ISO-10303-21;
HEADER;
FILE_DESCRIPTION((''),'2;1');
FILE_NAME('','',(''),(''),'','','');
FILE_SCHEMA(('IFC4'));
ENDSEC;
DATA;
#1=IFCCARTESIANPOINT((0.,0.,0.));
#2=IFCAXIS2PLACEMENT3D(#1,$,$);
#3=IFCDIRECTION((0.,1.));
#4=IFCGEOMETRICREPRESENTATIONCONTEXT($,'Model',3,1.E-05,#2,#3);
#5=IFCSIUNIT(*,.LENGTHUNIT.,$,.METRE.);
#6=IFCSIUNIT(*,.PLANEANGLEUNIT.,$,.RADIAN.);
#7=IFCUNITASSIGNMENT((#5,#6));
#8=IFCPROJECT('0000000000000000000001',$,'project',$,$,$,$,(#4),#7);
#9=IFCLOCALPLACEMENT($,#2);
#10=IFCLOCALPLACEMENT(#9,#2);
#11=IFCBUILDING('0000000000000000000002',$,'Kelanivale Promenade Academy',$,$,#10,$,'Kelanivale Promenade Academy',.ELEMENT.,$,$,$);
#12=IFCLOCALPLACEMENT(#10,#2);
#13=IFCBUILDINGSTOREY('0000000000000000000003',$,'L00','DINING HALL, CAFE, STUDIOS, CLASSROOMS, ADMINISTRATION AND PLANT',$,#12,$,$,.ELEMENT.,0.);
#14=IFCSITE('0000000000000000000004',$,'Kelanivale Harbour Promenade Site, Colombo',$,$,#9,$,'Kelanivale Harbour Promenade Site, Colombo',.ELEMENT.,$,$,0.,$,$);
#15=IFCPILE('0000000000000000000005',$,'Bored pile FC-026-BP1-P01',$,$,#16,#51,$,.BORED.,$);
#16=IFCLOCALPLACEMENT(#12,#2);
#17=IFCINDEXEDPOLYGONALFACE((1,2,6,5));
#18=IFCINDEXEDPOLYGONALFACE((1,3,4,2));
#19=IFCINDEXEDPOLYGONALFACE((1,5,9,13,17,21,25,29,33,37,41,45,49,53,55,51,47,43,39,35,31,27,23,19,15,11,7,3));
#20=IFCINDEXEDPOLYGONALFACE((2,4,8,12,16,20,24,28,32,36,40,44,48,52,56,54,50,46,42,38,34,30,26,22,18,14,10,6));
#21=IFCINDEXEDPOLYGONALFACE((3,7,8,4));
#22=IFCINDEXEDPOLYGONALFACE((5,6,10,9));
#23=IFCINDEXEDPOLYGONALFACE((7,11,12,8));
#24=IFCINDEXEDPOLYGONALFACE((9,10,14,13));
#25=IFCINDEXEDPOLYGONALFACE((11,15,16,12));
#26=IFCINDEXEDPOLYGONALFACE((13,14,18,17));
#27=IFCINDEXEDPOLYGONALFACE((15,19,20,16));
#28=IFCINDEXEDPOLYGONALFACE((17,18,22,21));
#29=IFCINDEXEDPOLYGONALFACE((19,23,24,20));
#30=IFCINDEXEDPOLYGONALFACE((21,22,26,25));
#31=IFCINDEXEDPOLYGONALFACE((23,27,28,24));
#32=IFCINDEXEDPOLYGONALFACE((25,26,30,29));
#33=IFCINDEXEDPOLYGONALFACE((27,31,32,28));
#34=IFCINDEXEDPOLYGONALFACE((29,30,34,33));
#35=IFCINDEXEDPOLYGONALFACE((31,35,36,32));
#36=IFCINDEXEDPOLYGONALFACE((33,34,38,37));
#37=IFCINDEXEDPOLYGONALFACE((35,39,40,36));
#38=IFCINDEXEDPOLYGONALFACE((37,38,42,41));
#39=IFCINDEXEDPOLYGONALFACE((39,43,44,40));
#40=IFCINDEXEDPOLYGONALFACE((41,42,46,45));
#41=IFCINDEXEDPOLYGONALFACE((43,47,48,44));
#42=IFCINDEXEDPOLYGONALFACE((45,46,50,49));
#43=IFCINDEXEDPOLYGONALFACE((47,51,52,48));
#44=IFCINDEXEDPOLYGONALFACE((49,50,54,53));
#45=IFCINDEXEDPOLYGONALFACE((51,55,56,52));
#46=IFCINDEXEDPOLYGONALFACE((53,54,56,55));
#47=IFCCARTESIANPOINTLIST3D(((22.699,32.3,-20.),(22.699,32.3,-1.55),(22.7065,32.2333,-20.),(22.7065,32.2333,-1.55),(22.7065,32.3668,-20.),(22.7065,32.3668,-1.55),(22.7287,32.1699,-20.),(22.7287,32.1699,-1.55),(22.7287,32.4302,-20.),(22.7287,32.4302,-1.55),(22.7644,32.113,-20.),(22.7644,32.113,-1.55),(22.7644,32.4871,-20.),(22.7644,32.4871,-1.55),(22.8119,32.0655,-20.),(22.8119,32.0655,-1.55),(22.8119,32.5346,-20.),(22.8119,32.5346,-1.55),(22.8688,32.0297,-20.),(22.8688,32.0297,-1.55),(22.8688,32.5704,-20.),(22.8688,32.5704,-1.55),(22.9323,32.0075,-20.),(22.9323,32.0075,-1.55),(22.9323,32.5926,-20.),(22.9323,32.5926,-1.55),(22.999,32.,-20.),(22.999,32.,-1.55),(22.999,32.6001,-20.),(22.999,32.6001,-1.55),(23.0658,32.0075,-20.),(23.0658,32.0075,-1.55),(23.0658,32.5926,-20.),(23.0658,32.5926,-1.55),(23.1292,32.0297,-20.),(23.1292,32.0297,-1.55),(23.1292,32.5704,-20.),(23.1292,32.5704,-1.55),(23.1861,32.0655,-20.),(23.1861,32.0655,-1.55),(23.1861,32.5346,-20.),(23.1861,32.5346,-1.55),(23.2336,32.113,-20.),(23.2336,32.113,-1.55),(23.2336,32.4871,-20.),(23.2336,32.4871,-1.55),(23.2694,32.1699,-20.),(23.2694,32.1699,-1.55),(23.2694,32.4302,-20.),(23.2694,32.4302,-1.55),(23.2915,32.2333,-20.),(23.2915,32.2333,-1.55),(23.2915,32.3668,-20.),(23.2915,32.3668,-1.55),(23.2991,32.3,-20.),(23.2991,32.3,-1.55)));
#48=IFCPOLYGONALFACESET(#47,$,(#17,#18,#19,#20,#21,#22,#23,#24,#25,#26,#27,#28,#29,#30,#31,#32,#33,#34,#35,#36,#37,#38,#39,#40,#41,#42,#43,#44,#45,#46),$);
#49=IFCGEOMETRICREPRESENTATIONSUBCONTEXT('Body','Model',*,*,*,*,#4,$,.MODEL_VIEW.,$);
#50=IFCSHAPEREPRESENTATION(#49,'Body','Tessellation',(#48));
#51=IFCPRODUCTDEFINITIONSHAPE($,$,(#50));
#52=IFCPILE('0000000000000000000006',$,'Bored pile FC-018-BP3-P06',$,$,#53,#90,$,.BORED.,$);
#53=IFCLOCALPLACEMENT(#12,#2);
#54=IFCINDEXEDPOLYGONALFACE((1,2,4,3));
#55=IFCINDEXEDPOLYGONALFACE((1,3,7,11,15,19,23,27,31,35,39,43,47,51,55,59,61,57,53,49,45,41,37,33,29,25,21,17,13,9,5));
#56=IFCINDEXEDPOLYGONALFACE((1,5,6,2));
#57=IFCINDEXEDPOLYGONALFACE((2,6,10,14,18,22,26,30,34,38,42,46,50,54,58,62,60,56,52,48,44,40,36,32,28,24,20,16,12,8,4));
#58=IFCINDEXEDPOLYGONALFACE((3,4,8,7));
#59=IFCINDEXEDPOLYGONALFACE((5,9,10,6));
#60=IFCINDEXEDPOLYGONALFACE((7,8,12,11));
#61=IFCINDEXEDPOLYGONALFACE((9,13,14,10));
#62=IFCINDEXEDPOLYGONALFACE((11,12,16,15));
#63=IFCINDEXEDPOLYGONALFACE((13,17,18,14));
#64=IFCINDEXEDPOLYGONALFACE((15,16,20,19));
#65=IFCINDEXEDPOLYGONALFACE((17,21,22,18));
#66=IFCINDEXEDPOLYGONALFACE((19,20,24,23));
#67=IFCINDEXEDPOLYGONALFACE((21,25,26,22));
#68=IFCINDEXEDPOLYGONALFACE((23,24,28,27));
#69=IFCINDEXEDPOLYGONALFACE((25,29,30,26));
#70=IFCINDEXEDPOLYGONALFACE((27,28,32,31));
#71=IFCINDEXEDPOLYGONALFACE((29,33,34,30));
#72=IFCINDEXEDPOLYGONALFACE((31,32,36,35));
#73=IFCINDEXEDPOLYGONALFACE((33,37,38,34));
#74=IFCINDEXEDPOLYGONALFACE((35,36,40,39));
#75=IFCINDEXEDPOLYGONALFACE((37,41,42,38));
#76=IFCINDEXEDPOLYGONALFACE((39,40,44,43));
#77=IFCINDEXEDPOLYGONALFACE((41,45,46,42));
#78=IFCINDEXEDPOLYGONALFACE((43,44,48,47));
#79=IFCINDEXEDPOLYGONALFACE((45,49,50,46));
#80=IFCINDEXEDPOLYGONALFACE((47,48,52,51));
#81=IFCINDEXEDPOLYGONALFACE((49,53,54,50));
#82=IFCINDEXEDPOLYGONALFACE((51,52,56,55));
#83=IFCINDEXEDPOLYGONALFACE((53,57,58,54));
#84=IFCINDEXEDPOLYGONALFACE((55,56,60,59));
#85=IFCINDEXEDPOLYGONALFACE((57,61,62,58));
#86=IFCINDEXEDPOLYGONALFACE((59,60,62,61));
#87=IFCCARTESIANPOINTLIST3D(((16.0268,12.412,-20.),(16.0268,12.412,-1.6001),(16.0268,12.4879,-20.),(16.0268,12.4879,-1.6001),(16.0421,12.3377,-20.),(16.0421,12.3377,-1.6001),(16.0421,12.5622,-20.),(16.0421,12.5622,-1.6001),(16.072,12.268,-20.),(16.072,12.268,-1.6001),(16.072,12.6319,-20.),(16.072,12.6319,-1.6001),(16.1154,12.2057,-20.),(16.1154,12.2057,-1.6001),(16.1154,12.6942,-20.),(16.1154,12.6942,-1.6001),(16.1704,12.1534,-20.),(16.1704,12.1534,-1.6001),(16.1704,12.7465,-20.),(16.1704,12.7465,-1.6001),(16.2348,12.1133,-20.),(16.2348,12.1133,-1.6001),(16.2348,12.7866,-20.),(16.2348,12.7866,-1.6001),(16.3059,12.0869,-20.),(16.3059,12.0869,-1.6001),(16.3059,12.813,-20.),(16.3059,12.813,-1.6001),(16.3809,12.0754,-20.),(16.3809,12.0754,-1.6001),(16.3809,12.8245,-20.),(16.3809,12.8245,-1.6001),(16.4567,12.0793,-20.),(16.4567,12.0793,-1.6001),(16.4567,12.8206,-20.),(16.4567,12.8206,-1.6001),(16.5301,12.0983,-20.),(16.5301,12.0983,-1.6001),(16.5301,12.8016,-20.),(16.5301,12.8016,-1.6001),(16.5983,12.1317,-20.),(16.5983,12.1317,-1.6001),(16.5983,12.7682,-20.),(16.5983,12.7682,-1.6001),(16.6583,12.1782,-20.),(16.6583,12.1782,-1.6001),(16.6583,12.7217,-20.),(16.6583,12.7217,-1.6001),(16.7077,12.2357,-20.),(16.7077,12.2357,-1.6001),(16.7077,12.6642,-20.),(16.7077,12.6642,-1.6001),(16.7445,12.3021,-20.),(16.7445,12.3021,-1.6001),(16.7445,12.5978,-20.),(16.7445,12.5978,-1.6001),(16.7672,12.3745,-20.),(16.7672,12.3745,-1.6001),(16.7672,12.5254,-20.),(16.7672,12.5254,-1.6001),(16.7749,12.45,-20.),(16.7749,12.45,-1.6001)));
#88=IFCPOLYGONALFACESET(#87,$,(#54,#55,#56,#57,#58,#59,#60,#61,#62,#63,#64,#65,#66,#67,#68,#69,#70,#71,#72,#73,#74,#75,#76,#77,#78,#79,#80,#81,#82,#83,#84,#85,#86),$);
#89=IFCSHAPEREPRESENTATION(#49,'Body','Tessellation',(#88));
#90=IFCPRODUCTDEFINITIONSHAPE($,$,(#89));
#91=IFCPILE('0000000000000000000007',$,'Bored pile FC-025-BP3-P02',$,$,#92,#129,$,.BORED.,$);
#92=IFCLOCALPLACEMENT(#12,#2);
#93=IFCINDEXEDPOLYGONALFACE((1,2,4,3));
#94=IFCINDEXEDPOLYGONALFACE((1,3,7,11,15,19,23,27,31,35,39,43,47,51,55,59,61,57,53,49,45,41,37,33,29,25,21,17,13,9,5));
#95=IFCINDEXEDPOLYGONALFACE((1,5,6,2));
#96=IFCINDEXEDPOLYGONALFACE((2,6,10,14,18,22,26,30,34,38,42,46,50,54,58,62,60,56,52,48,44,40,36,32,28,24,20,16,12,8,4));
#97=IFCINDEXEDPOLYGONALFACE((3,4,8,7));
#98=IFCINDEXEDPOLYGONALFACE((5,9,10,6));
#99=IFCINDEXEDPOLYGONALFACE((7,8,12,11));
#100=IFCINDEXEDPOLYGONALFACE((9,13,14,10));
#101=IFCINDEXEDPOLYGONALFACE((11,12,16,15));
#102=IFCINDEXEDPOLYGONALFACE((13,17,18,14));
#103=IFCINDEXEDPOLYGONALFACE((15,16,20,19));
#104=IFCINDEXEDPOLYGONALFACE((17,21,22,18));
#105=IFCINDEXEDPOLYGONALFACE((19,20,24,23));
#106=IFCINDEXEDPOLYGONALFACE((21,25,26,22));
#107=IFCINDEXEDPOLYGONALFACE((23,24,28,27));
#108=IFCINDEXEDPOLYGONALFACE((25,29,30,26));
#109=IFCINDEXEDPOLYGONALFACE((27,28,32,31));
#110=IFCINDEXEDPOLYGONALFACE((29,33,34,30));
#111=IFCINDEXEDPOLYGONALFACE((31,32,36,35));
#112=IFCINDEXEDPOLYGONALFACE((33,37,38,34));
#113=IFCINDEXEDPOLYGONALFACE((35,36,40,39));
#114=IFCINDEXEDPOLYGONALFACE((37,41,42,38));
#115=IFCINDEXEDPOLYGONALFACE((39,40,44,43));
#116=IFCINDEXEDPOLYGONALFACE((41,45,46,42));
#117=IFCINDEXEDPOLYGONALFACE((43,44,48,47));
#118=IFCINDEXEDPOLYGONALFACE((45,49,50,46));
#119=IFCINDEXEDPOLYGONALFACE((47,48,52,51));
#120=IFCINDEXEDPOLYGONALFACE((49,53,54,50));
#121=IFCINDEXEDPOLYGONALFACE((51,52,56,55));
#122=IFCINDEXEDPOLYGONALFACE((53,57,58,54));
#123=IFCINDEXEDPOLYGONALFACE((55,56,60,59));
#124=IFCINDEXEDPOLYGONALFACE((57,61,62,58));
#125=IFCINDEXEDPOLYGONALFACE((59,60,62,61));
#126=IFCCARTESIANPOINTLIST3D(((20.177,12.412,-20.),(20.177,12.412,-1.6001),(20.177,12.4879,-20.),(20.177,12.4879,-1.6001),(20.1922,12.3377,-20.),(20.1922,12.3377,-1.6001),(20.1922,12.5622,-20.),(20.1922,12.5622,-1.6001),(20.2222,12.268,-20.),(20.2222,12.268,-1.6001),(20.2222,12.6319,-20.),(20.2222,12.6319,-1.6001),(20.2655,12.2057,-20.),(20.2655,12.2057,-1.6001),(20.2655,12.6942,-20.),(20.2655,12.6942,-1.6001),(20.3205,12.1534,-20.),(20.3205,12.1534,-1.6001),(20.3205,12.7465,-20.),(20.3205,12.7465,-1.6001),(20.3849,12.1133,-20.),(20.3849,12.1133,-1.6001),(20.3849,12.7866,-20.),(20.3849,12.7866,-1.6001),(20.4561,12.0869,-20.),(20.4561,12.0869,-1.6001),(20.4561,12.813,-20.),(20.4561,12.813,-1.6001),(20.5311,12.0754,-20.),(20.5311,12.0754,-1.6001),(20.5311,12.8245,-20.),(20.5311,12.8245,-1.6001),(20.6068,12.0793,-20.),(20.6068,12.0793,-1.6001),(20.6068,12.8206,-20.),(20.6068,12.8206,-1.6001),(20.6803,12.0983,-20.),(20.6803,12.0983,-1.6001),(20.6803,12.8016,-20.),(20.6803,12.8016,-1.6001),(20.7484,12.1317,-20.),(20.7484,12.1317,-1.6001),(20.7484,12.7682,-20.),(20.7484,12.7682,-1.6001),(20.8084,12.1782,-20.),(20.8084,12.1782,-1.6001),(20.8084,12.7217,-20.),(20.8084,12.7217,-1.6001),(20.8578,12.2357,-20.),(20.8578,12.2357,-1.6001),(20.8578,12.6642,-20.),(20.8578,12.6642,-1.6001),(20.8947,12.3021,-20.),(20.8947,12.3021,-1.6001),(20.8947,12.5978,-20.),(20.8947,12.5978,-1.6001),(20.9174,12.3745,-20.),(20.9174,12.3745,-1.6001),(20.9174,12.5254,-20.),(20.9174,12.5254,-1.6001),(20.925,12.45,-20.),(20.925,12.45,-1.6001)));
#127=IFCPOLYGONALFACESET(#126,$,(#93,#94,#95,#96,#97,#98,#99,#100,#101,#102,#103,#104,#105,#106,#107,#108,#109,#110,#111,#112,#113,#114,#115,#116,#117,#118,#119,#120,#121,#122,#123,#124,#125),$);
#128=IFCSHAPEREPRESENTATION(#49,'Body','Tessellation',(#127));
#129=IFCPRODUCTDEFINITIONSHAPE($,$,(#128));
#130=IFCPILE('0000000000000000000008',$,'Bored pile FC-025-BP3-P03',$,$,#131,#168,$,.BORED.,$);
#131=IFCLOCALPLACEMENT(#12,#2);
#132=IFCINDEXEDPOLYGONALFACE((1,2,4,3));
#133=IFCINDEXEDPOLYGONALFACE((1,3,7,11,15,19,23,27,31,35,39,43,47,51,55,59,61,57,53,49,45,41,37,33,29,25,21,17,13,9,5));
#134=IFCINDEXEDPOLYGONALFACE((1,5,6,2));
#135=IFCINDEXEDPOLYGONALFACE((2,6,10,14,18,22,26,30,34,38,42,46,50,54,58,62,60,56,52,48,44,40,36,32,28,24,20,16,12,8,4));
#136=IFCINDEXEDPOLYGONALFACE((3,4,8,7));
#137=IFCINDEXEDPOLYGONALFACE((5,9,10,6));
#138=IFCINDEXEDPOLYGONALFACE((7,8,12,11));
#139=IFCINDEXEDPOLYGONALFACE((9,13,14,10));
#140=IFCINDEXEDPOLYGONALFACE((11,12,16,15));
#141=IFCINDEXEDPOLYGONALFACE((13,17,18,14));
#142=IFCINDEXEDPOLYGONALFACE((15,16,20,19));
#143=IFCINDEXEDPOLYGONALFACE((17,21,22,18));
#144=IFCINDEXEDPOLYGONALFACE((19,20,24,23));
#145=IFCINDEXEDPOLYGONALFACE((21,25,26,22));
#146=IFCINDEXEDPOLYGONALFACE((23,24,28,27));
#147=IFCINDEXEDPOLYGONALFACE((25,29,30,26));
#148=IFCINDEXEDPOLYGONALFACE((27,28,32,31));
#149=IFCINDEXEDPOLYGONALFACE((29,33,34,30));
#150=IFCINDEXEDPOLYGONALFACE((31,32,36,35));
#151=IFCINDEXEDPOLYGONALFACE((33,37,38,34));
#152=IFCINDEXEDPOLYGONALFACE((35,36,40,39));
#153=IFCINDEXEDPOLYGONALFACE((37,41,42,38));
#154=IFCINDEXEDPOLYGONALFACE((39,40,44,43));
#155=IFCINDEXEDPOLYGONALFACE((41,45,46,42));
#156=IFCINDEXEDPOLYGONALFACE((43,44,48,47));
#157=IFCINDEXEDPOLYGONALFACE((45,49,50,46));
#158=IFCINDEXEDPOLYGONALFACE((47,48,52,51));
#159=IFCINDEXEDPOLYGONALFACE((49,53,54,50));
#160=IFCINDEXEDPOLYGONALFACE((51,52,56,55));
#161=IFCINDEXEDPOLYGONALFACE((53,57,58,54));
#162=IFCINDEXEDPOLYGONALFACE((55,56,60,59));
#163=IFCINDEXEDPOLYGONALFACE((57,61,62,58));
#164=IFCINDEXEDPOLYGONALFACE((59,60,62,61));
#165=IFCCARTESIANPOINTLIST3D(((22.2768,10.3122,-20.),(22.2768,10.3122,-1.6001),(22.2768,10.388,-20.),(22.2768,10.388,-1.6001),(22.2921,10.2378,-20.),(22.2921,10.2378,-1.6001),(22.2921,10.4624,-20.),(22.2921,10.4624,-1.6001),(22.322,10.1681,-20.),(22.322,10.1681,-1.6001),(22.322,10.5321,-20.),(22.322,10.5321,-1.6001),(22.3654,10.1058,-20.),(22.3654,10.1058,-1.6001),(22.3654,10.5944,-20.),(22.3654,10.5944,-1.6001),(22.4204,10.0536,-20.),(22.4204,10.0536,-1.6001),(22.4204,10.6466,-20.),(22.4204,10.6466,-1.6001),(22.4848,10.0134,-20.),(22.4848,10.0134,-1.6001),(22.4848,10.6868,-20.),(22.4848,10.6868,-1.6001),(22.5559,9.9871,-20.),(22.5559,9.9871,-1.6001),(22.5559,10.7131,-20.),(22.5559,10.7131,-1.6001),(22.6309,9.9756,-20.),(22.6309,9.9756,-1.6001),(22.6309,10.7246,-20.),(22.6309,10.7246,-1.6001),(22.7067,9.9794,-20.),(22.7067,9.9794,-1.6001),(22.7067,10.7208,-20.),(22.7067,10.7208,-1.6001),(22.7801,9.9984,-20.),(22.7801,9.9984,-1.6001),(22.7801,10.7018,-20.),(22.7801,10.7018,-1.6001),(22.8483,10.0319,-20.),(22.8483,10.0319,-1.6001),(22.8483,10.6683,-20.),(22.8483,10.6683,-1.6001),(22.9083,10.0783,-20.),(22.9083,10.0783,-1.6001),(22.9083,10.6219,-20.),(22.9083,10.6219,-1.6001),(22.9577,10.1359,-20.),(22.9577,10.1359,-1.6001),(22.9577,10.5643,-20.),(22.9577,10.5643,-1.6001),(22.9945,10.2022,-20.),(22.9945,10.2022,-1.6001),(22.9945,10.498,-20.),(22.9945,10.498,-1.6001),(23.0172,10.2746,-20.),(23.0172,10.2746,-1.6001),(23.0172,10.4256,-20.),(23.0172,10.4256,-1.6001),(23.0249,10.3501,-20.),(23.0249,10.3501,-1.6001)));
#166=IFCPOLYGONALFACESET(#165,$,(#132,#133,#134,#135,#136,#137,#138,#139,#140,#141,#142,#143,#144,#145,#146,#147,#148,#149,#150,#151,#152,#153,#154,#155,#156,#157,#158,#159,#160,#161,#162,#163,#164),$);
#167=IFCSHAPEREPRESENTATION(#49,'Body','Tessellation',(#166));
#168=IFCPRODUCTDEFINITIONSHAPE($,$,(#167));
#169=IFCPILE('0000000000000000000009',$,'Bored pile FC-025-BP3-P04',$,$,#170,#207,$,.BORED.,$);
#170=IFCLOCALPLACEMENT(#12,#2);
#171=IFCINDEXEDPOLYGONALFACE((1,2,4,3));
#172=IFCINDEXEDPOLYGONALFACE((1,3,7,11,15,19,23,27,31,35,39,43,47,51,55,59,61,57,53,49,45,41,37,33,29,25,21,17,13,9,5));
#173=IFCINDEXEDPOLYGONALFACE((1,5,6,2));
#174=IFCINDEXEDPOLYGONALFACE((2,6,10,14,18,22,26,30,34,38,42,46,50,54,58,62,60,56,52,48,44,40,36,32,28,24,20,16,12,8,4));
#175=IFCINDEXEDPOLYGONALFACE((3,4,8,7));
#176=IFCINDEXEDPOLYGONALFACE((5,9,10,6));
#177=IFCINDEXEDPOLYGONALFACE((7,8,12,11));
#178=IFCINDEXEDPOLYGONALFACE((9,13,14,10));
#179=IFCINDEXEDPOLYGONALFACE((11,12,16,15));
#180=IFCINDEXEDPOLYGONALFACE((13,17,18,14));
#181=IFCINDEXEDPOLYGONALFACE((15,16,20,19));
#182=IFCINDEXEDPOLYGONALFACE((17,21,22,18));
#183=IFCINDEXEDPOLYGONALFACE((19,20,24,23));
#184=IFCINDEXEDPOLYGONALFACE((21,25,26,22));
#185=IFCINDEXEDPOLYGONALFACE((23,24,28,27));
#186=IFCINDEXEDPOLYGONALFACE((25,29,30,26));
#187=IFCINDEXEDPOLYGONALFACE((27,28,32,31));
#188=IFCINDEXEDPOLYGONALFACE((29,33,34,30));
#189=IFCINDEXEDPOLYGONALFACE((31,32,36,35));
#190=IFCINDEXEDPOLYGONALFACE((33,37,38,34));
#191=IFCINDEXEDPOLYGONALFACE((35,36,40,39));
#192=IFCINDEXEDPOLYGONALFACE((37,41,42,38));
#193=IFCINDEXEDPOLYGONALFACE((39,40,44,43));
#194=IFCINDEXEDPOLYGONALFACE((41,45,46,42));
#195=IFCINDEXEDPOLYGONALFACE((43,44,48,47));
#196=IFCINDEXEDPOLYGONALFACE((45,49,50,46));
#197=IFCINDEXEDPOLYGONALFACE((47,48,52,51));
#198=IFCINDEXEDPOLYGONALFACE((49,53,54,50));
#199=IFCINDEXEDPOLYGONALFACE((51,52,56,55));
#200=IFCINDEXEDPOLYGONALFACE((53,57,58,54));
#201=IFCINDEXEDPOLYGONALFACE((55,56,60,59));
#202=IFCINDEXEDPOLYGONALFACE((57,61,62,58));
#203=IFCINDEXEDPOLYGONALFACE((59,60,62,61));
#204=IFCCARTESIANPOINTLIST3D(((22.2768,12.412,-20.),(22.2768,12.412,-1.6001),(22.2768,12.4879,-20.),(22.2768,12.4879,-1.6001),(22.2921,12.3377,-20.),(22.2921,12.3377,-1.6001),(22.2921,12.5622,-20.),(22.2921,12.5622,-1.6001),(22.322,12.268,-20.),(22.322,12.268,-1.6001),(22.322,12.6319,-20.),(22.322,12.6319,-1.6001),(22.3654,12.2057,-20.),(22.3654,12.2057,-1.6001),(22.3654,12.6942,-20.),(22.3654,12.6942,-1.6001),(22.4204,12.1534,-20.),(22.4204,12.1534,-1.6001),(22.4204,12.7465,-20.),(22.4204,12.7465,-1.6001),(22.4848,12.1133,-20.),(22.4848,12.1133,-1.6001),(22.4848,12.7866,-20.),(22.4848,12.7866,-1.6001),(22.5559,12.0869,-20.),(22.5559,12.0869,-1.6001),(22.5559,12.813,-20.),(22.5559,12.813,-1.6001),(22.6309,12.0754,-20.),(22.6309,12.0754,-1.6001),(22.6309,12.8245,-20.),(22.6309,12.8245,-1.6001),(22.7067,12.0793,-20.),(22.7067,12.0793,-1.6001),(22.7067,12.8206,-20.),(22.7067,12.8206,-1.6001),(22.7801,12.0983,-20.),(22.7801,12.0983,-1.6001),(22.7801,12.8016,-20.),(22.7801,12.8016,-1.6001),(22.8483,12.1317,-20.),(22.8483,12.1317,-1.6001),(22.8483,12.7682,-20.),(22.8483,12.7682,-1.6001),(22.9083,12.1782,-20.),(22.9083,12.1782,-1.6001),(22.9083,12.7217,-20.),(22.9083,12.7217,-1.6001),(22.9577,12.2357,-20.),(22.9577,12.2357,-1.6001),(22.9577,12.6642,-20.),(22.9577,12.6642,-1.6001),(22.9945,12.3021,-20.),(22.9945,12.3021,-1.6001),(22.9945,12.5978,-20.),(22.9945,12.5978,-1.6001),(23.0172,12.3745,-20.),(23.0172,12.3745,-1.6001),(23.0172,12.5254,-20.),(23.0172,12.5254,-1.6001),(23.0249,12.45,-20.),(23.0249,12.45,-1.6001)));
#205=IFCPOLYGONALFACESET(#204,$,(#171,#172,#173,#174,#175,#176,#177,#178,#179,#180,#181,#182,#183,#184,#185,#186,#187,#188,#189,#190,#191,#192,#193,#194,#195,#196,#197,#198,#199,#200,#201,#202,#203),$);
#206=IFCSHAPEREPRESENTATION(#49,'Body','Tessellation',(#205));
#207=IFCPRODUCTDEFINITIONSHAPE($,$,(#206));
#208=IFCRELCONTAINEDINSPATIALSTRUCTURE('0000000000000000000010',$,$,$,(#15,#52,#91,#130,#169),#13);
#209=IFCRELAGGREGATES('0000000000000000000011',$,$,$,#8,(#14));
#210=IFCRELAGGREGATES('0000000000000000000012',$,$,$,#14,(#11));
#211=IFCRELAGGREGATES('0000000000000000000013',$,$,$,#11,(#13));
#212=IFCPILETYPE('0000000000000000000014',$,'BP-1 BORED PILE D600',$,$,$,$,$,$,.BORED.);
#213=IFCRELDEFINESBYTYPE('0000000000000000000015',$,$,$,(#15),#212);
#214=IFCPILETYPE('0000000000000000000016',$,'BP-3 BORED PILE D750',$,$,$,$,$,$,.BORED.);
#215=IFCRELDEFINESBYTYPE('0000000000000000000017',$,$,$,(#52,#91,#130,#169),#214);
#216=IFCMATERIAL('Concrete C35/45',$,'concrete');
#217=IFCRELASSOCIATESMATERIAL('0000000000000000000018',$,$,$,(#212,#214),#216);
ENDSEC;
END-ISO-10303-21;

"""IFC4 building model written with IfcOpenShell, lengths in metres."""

from ifc_helpers import new_model, si_unit, direction, frame, origin, origin_2d, place, context, subcontext, project, spatial, circle, extrude, material, material_profile, profile_set, type_object, element, save


model = new_model("IFC4")

# Units and contexts
model_context = context("Model", 3, precision=1e-05, world=origin(), true_north=direction((0.0, 1.0)))
body_context = subcontext(model_context, "Body", "Model", "MODEL_VIEW")
ifc_project = project(units=[si_unit("LENGTHUNIT", "METRE"), si_unit("PLANEANGLEUNIT", "RADIAN")], contexts=[model_context])

# Site, building, storey
site_placement = place(None, origin())
site = spatial("IfcSite", under=ifc_project, at=site_placement, Name="Kelanivale Harbour Promenade Site, Colombo", LongName="Kelanivale Harbour Promenade Site, Colombo", CompositionType="ELEMENT", RefElevation=0.0)
building_placement = place(site_placement, origin())
building = spatial("IfcBuilding", under=site, at=building_placement, Name="Kelanivale Promenade Academy", LongName="Kelanivale Promenade Academy", CompositionType="ELEMENT")
storey_placement = place(building_placement, origin())
storey = spatial("IfcBuildingStorey", under=building, at=storey_placement, Name="L00", Description="DINING HALL, CAFE, STUDIOS, CLASSROOMS, ADMINISTRATION AND PLANT", CompositionType="ELEMENT", Elevation=0.0)

# Piles
ifc_material_1 = material(Name="Concrete C35/45", Category="concrete")
ifc_material_profile_1 = material_profile(ifc_material_1, circle(Radius=0.3, at=origin_2d()), Name="BORED PILE D600")
ifc_profile_set_1 = profile_set([ifc_material_profile_1], Name="Concrete C35/45")
pile_type_1 = type_object("IfcPileType", Name="BP-1 BORED PILE D600", PredefinedType="BORED", material=ifc_profile_set_1)
pile_placement = place(storey_placement, frame((22.999, 32.3, -1.55), z_axis=(0.0, 0.0, -1.0), x_axis=(1.0, 0.0, 0.0)))
element("IfcPile", 1, at=pile_placement, inside=storey, type_object=pile_type_1, Name="Bored pile FC-026-BP1-P01", PredefinedType="BORED", context=body_context, shape_type="SweptSolid", body=[
    extrude(circle(Radius=0.3, at=origin_2d()), origin(), (0.0, 0.0, 1.0), 18.45),
])
ifc_material_profile_2 = material_profile(ifc_material_1, circle(Radius=0.375, at=origin_2d()), Name="BORED PILE D750")
ifc_profile_set_2 = profile_set([ifc_material_profile_2], Name="Concrete C35/45")
pile_type_2 = type_object("IfcPileType", Name="BP-3 BORED PILE D750", PredefinedType="BORED", material=ifc_profile_set_2)
for number, where, z_axis, x_axis, name in (
    (2, (16.3999, 12.45, -1.6001), (0.0, 0.0, -1.0), (1.0, 0.0, 0.0), "Bored pile FC-018-BP3-P06"),
    (3, (20.55, 12.45, -1.6001), (0.0, 0.0, -1.0), (1.0, 0.0, 0.0), "Bored pile FC-025-BP3-P02"),
    (4, (22.6499, 10.3501, -1.6001), (0.0, 0.0, -1.0), (1.0, 0.0, 0.0), "Bored pile FC-025-BP3-P03"),
    (5, (22.6499, 12.45, -1.6001), (0.0, 0.0, -1.0), (1.0, 0.0, 0.0), "Bored pile FC-025-BP3-P04"),
):
    element("IfcPile", number, at=place(storey_placement, frame(where, z_axis=z_axis, x_axis=x_axis)), inside=storey, type_object=pile_type_2, Name=name, PredefinedType="BORED", context=body_context, shape_type="SweptSolid", body=[
        extrude(circle(Radius=0.375, at=origin_2d()), origin(), (0.0, 0.0, 1.0), 18.3999),
    ])

save(model, "model.ifc")
